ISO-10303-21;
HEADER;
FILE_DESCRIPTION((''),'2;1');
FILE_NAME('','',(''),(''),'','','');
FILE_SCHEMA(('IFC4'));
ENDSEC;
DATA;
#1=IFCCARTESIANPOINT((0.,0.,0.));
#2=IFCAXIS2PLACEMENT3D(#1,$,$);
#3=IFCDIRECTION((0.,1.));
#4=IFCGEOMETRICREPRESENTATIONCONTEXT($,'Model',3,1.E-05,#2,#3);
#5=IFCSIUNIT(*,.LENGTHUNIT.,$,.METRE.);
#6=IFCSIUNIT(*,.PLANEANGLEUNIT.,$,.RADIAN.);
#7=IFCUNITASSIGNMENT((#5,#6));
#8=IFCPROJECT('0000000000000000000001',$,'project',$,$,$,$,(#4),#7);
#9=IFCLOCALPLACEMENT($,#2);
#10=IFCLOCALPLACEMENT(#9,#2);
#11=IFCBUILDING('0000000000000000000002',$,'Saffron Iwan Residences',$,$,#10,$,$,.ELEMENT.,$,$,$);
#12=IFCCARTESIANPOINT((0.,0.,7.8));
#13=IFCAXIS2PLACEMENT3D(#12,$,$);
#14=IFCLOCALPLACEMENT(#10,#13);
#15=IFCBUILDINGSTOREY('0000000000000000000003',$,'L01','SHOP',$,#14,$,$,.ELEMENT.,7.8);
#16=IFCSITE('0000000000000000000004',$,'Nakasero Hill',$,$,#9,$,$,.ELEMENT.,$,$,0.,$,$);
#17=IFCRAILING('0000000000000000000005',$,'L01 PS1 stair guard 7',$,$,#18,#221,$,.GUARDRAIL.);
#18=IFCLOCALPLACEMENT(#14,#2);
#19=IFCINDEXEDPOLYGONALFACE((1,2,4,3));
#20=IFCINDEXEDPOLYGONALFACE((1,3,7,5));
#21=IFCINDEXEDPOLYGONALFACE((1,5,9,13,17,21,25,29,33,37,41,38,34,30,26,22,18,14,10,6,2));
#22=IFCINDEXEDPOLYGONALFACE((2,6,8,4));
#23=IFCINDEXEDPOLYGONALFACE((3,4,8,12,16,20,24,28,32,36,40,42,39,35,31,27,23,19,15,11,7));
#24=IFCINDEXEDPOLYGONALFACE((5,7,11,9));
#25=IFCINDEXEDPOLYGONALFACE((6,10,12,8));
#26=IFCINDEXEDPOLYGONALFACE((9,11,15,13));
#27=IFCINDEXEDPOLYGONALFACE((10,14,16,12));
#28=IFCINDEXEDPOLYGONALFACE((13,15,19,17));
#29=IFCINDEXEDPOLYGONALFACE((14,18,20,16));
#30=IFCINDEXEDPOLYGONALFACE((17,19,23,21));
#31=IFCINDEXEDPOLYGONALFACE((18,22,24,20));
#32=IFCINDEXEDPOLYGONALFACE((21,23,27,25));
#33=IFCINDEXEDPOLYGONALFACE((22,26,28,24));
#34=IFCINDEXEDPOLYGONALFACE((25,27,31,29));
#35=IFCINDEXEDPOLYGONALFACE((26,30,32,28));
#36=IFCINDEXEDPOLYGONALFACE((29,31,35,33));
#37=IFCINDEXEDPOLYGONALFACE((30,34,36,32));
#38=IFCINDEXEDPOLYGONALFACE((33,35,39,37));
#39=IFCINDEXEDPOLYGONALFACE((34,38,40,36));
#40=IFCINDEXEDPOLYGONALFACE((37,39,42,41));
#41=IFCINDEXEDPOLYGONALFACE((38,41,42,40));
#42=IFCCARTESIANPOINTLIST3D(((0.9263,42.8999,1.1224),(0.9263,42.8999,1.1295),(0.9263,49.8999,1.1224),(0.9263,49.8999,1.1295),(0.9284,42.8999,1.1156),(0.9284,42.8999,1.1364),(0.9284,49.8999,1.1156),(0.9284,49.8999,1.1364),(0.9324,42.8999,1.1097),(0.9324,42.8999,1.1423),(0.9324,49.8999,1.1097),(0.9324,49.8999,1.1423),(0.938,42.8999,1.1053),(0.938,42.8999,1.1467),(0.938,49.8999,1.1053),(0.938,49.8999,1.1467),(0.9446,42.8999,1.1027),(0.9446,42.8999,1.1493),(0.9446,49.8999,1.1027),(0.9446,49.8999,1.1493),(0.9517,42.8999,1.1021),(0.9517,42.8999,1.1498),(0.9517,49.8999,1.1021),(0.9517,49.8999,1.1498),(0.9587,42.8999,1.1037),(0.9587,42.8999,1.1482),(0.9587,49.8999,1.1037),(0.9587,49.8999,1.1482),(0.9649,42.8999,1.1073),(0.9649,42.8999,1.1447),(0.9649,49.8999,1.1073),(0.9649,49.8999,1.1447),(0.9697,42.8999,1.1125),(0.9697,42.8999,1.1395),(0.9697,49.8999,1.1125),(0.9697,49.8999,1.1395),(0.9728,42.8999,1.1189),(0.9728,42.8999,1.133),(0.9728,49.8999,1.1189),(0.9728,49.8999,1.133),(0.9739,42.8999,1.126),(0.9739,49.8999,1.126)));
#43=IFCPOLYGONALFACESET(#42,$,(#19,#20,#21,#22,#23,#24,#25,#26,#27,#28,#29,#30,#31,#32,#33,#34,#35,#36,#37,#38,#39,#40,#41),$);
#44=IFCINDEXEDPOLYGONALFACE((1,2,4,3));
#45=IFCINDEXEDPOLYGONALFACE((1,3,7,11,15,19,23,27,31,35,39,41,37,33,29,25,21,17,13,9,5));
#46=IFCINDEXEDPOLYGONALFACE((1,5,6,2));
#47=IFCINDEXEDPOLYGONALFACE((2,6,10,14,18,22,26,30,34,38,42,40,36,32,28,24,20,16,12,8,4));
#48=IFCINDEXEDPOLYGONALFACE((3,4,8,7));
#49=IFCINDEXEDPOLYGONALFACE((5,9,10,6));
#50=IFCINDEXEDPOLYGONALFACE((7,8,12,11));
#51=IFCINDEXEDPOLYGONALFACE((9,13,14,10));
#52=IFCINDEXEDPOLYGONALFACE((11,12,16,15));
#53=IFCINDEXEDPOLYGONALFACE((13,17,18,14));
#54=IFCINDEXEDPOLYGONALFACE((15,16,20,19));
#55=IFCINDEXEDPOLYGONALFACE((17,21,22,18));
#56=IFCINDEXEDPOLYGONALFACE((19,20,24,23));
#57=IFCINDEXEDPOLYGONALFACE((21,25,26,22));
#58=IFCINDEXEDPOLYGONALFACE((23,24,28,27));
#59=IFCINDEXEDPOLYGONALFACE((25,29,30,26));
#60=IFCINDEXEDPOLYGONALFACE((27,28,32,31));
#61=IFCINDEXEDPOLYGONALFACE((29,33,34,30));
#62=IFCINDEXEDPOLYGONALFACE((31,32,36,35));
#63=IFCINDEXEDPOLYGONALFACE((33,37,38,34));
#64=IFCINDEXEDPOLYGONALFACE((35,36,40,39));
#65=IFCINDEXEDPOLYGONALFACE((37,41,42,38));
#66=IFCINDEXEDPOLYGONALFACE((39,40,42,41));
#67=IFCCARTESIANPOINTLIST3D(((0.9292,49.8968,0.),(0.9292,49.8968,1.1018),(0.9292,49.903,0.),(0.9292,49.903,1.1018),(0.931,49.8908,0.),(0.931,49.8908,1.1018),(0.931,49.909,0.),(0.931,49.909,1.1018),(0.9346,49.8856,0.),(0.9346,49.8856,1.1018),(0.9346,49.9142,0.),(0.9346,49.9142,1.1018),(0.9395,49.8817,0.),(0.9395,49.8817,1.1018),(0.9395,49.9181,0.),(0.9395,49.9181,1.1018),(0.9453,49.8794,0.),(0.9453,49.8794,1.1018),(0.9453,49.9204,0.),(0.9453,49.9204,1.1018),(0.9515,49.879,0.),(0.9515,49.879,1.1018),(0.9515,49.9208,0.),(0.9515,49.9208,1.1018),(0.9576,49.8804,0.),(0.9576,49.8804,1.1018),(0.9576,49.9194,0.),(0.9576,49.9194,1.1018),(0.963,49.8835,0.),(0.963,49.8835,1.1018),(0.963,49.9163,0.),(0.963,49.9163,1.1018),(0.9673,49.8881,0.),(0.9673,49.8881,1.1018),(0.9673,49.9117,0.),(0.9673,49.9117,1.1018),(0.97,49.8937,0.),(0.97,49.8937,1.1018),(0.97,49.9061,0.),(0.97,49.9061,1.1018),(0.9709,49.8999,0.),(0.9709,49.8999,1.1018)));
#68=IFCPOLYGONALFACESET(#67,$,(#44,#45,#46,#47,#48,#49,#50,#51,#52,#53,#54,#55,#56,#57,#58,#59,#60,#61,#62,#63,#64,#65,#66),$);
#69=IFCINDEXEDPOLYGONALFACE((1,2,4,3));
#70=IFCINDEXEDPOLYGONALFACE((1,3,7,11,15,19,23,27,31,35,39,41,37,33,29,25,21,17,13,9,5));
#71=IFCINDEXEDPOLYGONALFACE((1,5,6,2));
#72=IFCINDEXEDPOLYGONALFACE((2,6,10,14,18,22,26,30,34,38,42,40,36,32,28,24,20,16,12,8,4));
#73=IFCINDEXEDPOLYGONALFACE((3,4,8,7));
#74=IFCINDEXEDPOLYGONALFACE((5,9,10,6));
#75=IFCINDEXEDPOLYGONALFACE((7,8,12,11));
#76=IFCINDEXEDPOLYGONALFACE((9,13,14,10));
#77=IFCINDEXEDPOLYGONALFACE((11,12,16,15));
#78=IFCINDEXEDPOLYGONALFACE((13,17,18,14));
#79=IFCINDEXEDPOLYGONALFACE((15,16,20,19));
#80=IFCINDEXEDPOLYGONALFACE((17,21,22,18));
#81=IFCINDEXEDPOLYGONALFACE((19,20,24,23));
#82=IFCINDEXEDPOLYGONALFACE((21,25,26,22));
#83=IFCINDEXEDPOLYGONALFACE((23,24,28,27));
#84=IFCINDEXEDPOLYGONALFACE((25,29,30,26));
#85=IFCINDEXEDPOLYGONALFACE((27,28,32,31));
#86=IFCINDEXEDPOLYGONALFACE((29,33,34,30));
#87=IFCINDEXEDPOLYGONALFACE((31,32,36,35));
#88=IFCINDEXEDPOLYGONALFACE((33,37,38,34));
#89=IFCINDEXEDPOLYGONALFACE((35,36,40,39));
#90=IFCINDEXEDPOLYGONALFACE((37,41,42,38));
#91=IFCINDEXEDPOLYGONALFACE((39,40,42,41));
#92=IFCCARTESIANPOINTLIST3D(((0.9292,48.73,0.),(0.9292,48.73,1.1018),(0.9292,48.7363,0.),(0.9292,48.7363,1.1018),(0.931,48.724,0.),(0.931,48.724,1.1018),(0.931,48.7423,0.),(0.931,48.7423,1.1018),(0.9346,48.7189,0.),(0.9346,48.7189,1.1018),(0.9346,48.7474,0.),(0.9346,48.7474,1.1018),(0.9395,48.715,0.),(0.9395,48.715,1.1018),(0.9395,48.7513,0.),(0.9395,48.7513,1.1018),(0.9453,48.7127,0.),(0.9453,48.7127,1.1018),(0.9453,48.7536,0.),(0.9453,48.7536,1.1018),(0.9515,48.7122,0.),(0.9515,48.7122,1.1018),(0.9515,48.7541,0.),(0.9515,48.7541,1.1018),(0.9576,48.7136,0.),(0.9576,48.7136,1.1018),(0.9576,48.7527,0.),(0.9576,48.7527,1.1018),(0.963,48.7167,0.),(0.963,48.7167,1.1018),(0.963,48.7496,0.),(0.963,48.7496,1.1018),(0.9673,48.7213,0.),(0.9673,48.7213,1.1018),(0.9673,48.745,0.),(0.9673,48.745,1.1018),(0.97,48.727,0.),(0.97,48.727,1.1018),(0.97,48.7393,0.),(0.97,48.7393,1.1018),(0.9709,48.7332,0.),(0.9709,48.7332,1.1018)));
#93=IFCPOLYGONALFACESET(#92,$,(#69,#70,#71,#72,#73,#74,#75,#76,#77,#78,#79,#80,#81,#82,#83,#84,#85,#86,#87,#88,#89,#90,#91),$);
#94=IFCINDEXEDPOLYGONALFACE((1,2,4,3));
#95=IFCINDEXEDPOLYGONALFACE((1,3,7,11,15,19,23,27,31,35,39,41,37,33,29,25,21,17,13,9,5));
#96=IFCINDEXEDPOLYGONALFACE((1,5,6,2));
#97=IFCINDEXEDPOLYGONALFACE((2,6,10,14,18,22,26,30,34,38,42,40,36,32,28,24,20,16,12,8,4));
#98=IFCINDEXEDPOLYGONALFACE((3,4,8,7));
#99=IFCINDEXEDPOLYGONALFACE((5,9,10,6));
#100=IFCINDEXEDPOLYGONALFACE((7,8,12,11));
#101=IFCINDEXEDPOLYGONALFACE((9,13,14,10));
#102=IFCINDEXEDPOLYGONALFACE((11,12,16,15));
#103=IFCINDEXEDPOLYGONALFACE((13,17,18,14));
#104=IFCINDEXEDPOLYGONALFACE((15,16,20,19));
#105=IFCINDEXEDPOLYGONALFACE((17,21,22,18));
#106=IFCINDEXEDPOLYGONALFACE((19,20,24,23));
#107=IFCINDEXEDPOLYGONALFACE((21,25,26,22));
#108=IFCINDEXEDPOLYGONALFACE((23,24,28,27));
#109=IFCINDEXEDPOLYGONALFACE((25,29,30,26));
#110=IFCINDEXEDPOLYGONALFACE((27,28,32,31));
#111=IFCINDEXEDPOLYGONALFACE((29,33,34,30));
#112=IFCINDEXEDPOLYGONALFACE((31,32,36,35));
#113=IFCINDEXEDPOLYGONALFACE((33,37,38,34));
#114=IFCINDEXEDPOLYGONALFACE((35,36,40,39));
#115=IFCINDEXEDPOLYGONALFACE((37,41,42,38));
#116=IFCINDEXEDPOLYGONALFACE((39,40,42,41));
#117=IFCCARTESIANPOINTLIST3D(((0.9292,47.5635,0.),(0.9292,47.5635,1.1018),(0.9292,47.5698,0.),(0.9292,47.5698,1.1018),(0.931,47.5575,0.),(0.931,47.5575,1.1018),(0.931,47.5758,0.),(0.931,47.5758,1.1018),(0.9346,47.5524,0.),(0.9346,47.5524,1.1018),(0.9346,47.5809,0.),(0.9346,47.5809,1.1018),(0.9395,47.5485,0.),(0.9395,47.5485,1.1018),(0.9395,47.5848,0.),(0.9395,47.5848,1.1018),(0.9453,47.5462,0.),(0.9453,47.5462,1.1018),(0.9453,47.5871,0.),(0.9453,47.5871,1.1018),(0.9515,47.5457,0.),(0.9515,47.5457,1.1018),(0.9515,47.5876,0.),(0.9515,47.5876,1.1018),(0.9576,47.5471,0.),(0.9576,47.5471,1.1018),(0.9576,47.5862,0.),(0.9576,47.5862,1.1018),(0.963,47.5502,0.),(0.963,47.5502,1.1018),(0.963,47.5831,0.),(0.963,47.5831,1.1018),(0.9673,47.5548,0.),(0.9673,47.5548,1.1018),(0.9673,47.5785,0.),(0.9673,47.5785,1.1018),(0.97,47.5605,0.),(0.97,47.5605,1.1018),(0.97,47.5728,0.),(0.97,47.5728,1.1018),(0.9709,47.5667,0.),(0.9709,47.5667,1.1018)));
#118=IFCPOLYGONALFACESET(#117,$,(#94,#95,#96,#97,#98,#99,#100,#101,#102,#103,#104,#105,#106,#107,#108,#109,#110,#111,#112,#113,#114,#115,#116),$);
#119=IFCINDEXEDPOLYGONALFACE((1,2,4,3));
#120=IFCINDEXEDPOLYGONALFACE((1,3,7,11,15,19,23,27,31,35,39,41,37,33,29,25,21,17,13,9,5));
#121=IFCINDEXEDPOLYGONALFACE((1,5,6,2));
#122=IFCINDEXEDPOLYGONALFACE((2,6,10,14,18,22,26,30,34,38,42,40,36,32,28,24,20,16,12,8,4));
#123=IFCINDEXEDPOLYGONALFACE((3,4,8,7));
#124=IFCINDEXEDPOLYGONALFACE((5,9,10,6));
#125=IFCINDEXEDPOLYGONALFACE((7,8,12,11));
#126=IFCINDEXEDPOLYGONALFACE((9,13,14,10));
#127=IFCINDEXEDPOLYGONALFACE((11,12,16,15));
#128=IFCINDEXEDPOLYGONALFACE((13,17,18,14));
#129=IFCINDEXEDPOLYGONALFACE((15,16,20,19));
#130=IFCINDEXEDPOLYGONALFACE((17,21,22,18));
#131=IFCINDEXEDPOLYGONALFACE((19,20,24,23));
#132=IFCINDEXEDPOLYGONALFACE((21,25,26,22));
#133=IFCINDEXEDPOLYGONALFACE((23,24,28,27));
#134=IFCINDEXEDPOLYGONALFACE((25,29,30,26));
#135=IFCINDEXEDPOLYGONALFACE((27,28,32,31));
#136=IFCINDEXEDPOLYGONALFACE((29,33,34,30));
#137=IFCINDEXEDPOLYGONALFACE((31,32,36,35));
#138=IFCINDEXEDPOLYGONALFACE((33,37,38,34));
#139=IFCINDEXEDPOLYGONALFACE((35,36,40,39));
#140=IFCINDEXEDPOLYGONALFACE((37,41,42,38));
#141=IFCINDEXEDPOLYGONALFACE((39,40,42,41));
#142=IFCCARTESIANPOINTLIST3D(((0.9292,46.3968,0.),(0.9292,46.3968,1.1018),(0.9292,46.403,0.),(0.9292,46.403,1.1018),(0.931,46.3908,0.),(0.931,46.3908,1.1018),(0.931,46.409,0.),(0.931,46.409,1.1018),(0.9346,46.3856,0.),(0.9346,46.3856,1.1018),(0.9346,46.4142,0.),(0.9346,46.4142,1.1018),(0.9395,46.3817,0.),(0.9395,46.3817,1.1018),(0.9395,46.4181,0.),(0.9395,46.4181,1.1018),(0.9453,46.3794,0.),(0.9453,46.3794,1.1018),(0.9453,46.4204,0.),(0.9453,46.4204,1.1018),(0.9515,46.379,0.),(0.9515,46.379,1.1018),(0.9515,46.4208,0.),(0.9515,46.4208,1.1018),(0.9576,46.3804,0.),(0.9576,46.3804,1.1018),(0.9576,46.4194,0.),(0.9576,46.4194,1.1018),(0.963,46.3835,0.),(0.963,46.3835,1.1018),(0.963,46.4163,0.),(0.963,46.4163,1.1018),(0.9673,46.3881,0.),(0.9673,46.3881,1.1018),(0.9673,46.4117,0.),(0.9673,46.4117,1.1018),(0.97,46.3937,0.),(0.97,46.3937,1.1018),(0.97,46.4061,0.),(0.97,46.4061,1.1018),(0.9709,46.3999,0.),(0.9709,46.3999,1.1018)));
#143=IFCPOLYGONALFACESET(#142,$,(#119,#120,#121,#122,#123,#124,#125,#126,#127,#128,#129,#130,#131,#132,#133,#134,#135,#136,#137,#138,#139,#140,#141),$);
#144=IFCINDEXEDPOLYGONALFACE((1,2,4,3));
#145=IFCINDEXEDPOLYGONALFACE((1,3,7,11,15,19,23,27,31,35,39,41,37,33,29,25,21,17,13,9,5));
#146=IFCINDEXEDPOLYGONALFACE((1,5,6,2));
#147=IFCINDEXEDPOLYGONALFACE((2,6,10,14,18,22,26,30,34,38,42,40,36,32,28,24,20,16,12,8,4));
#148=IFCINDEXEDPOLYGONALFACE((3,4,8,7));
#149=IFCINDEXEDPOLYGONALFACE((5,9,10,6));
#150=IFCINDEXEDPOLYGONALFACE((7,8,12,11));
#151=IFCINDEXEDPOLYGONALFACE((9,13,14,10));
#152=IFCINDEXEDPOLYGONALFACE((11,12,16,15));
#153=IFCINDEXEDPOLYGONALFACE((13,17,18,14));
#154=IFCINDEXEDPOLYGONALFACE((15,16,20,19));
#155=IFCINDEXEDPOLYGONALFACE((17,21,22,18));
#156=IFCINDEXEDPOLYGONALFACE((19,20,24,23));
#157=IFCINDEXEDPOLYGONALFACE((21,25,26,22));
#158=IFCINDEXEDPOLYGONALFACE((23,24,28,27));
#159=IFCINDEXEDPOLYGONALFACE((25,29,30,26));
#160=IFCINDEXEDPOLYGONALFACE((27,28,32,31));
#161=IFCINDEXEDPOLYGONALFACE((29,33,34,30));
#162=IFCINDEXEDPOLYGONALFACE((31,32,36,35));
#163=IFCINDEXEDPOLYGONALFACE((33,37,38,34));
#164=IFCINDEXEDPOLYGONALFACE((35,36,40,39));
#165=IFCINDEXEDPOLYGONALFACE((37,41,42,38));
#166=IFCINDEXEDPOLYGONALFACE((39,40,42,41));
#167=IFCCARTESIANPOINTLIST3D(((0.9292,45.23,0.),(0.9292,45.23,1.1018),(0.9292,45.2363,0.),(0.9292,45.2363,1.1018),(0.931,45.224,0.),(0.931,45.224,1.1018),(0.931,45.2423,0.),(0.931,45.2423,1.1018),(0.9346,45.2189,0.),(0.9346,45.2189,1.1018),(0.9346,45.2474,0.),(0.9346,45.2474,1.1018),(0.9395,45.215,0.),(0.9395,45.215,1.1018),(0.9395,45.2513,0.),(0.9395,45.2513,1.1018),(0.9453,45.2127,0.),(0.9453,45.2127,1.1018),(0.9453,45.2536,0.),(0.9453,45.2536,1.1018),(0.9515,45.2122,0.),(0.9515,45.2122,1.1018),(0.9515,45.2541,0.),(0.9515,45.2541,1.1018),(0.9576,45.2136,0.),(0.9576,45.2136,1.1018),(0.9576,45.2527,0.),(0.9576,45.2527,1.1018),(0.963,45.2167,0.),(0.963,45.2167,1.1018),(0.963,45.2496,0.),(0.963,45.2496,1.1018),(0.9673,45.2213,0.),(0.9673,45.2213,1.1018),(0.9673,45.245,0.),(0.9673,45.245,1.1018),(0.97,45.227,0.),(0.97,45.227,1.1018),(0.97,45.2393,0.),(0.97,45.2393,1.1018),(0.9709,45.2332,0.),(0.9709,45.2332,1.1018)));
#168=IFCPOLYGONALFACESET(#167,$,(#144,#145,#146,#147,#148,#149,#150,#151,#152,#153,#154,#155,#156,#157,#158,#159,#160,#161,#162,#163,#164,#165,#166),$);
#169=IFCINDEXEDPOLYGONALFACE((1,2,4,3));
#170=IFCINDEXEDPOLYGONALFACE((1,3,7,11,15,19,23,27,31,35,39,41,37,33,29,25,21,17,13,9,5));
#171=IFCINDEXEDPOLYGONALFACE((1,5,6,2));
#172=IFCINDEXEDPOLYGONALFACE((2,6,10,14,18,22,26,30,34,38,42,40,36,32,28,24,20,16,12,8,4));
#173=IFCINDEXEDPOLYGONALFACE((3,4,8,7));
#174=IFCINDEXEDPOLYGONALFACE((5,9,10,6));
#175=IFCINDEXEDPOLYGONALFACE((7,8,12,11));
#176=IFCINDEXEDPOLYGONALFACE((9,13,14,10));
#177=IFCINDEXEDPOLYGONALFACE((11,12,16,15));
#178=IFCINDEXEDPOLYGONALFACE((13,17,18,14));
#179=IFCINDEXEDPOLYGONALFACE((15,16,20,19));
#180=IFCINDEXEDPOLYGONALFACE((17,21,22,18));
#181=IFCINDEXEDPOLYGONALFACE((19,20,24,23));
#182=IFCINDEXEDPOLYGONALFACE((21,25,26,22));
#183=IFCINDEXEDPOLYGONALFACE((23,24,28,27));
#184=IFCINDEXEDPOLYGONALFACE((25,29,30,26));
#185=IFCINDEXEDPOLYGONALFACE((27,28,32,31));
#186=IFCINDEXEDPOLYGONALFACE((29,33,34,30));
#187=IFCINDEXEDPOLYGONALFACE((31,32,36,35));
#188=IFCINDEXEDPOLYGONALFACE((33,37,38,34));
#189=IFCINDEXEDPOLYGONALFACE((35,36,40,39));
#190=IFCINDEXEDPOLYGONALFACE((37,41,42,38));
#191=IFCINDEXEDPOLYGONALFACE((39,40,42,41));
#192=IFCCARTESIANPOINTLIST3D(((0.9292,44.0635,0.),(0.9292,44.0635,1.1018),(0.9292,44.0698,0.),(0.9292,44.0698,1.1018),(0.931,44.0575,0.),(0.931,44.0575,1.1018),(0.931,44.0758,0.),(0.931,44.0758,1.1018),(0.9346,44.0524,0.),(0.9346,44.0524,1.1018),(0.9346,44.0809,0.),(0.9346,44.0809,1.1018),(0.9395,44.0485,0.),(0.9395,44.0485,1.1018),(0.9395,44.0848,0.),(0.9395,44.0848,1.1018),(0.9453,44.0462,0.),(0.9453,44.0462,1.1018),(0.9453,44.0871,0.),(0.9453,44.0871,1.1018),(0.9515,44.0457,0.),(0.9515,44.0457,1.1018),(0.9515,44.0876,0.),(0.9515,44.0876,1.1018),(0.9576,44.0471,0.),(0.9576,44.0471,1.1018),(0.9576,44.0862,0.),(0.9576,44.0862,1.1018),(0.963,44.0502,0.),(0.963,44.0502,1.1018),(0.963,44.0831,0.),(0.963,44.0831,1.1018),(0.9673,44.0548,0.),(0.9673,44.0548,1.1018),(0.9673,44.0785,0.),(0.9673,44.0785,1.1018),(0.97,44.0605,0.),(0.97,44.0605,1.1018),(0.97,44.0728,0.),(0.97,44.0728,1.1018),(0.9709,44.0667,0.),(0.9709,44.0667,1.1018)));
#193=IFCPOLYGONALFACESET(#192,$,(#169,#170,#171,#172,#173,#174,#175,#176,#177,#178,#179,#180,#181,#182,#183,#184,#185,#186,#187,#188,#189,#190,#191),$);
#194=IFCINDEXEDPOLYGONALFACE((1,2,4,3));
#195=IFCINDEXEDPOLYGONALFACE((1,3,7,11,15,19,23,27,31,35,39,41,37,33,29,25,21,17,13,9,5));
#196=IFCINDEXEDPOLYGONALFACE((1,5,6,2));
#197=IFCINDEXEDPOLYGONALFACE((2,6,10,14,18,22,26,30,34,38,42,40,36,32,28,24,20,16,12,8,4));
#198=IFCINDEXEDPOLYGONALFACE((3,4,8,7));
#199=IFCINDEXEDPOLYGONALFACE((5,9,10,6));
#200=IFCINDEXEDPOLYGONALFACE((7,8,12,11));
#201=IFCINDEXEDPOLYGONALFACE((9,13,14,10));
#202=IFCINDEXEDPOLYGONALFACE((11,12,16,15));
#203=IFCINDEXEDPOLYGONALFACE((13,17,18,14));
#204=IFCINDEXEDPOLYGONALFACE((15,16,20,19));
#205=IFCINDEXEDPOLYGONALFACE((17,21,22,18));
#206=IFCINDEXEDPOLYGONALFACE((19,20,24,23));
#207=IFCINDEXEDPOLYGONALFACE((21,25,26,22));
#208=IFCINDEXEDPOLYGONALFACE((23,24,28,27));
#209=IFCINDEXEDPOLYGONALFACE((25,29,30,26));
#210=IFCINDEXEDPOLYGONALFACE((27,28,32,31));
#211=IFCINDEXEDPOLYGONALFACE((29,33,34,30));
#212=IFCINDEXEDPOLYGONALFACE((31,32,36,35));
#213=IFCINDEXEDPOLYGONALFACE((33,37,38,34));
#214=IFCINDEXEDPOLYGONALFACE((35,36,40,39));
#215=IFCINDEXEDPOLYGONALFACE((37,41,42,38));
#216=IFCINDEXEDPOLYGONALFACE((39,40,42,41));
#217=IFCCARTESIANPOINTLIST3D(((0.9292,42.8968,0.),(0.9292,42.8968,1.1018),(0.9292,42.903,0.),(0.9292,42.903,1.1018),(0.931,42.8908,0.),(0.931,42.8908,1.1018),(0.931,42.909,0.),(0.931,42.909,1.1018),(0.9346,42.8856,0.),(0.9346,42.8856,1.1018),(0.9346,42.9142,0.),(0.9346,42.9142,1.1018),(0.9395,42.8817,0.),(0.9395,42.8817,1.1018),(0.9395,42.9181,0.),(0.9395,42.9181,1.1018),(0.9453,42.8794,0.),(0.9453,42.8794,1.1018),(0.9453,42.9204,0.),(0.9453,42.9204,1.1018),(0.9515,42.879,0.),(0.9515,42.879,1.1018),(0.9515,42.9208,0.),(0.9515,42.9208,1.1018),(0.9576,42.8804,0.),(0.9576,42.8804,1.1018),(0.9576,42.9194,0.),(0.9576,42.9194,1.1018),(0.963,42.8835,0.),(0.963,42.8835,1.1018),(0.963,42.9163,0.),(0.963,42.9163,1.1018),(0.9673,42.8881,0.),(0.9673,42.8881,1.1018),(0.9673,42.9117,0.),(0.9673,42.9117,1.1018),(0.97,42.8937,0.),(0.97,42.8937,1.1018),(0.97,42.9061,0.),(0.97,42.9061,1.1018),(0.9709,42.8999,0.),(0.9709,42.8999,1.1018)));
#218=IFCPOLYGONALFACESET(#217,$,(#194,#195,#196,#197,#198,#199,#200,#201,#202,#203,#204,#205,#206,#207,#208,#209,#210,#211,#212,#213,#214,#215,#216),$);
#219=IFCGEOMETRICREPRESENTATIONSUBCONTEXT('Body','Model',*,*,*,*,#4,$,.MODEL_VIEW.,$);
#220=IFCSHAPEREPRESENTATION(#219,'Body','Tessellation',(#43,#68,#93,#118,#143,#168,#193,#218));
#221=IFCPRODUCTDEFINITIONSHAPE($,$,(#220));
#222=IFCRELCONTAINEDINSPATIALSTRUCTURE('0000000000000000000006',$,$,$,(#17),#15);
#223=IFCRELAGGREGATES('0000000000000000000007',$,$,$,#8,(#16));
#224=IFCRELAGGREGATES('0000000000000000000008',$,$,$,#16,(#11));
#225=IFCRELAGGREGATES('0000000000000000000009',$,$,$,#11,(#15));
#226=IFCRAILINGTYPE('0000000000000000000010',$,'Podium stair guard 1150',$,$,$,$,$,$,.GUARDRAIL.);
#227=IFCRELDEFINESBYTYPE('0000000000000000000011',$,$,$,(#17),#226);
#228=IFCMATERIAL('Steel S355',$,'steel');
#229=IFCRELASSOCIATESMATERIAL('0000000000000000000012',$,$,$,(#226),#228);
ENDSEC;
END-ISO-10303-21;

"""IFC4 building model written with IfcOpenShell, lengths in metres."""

from ifc_helpers import new_model, si_unit, direction, frame, origin, origin_2d, place, context, subcontext, project, spatial, circle, extrude, material, type_object, element, save


model = new_model("IFC4")

# Units and contexts
model_context = context("Model", 3, precision=1e-05, world=origin(), true_north=direction((0.0, 1.0)))
body_context = subcontext(model_context, "Body", "Model", "MODEL_VIEW")
ifc_project = project(units=[si_unit("LENGTHUNIT", "METRE"), si_unit("PLANEANGLEUNIT", "RADIAN")], contexts=[model_context])

# Site, building, storey
site_placement = place(None, origin())
site = spatial("IfcSite", under=ifc_project, at=site_placement, Name="Nakasero Hill", CompositionType="ELEMENT", RefElevation=0.0)
building_placement = place(site_placement, origin())
building = spatial("IfcBuilding", under=site, at=building_placement, Name="Saffron Iwan Residences", CompositionType="ELEMENT")
storey_placement = place(building_placement, frame((0.0, 0.0, 7.8)))
storey = spatial("IfcBuildingStorey", under=building, at=storey_placement, Name="L01", Description="SHOP", CompositionType="ELEMENT", Elevation=7.8)

# Railing
ifc_material_1 = material(Name="Steel S355", Category="steel")
railing_type_1 = type_object("IfcRailingType", Name="Podium stair guard 1150", PredefinedType="GUARDRAIL", material=ifc_material_1)
railing_1_placement = place(storey_placement, frame((0.95, 49.8999, 0.0)))
element("IfcRailing", 1, at=railing_1_placement, inside=storey, type_object=railing_type_1, Name="L01 PS1 stair guard 7", PredefinedType="GUARDRAIL", context=body_context, shape_type="SweptSolid", body=[
    extrude(circle(Radius=0.0239, at=origin_2d()), frame((0.0, 0.0, 1.126), z_axis=(0.0, -1.0, 0.0), x_axis=(1.0, 0.0, 0.0)), (0.0, 0.0, 1.0), 7.0),
    extrude(circle(Radius=0.021, at=origin_2d()), origin(), (0.0, 0.0, 1.0), 1.1018),
    extrude(circle(Radius=0.021, at=origin_2d()), frame((0.0, -1.1667, 0.0)), (0.0, 0.0, 1.0), 1.1018),
    extrude(circle(Radius=0.021, at=origin_2d()), frame((0.0, -2.3333, 0.0)), (0.0, 0.0, 1.0), 1.1018),
    extrude(circle(Radius=0.021, at=origin_2d()), frame((0.0, -3.5, 0.0)), (0.0, 0.0, 1.0), 1.1018),
    extrude(circle(Radius=0.021, at=origin_2d()), frame((0.0, -4.6667, 0.0)), (0.0, 0.0, 1.0), 1.1018),
    extrude(circle(Radius=0.021, at=origin_2d()), frame((0.0, -5.8333, 0.0)), (0.0, 0.0, 1.0), 1.1018),
    extrude(circle(Radius=0.021, at=origin_2d()), frame((0.0, -7.0, 0.0)), (0.0, 0.0, 1.0), 1.1018),
])

save(model, "model.ifc")
